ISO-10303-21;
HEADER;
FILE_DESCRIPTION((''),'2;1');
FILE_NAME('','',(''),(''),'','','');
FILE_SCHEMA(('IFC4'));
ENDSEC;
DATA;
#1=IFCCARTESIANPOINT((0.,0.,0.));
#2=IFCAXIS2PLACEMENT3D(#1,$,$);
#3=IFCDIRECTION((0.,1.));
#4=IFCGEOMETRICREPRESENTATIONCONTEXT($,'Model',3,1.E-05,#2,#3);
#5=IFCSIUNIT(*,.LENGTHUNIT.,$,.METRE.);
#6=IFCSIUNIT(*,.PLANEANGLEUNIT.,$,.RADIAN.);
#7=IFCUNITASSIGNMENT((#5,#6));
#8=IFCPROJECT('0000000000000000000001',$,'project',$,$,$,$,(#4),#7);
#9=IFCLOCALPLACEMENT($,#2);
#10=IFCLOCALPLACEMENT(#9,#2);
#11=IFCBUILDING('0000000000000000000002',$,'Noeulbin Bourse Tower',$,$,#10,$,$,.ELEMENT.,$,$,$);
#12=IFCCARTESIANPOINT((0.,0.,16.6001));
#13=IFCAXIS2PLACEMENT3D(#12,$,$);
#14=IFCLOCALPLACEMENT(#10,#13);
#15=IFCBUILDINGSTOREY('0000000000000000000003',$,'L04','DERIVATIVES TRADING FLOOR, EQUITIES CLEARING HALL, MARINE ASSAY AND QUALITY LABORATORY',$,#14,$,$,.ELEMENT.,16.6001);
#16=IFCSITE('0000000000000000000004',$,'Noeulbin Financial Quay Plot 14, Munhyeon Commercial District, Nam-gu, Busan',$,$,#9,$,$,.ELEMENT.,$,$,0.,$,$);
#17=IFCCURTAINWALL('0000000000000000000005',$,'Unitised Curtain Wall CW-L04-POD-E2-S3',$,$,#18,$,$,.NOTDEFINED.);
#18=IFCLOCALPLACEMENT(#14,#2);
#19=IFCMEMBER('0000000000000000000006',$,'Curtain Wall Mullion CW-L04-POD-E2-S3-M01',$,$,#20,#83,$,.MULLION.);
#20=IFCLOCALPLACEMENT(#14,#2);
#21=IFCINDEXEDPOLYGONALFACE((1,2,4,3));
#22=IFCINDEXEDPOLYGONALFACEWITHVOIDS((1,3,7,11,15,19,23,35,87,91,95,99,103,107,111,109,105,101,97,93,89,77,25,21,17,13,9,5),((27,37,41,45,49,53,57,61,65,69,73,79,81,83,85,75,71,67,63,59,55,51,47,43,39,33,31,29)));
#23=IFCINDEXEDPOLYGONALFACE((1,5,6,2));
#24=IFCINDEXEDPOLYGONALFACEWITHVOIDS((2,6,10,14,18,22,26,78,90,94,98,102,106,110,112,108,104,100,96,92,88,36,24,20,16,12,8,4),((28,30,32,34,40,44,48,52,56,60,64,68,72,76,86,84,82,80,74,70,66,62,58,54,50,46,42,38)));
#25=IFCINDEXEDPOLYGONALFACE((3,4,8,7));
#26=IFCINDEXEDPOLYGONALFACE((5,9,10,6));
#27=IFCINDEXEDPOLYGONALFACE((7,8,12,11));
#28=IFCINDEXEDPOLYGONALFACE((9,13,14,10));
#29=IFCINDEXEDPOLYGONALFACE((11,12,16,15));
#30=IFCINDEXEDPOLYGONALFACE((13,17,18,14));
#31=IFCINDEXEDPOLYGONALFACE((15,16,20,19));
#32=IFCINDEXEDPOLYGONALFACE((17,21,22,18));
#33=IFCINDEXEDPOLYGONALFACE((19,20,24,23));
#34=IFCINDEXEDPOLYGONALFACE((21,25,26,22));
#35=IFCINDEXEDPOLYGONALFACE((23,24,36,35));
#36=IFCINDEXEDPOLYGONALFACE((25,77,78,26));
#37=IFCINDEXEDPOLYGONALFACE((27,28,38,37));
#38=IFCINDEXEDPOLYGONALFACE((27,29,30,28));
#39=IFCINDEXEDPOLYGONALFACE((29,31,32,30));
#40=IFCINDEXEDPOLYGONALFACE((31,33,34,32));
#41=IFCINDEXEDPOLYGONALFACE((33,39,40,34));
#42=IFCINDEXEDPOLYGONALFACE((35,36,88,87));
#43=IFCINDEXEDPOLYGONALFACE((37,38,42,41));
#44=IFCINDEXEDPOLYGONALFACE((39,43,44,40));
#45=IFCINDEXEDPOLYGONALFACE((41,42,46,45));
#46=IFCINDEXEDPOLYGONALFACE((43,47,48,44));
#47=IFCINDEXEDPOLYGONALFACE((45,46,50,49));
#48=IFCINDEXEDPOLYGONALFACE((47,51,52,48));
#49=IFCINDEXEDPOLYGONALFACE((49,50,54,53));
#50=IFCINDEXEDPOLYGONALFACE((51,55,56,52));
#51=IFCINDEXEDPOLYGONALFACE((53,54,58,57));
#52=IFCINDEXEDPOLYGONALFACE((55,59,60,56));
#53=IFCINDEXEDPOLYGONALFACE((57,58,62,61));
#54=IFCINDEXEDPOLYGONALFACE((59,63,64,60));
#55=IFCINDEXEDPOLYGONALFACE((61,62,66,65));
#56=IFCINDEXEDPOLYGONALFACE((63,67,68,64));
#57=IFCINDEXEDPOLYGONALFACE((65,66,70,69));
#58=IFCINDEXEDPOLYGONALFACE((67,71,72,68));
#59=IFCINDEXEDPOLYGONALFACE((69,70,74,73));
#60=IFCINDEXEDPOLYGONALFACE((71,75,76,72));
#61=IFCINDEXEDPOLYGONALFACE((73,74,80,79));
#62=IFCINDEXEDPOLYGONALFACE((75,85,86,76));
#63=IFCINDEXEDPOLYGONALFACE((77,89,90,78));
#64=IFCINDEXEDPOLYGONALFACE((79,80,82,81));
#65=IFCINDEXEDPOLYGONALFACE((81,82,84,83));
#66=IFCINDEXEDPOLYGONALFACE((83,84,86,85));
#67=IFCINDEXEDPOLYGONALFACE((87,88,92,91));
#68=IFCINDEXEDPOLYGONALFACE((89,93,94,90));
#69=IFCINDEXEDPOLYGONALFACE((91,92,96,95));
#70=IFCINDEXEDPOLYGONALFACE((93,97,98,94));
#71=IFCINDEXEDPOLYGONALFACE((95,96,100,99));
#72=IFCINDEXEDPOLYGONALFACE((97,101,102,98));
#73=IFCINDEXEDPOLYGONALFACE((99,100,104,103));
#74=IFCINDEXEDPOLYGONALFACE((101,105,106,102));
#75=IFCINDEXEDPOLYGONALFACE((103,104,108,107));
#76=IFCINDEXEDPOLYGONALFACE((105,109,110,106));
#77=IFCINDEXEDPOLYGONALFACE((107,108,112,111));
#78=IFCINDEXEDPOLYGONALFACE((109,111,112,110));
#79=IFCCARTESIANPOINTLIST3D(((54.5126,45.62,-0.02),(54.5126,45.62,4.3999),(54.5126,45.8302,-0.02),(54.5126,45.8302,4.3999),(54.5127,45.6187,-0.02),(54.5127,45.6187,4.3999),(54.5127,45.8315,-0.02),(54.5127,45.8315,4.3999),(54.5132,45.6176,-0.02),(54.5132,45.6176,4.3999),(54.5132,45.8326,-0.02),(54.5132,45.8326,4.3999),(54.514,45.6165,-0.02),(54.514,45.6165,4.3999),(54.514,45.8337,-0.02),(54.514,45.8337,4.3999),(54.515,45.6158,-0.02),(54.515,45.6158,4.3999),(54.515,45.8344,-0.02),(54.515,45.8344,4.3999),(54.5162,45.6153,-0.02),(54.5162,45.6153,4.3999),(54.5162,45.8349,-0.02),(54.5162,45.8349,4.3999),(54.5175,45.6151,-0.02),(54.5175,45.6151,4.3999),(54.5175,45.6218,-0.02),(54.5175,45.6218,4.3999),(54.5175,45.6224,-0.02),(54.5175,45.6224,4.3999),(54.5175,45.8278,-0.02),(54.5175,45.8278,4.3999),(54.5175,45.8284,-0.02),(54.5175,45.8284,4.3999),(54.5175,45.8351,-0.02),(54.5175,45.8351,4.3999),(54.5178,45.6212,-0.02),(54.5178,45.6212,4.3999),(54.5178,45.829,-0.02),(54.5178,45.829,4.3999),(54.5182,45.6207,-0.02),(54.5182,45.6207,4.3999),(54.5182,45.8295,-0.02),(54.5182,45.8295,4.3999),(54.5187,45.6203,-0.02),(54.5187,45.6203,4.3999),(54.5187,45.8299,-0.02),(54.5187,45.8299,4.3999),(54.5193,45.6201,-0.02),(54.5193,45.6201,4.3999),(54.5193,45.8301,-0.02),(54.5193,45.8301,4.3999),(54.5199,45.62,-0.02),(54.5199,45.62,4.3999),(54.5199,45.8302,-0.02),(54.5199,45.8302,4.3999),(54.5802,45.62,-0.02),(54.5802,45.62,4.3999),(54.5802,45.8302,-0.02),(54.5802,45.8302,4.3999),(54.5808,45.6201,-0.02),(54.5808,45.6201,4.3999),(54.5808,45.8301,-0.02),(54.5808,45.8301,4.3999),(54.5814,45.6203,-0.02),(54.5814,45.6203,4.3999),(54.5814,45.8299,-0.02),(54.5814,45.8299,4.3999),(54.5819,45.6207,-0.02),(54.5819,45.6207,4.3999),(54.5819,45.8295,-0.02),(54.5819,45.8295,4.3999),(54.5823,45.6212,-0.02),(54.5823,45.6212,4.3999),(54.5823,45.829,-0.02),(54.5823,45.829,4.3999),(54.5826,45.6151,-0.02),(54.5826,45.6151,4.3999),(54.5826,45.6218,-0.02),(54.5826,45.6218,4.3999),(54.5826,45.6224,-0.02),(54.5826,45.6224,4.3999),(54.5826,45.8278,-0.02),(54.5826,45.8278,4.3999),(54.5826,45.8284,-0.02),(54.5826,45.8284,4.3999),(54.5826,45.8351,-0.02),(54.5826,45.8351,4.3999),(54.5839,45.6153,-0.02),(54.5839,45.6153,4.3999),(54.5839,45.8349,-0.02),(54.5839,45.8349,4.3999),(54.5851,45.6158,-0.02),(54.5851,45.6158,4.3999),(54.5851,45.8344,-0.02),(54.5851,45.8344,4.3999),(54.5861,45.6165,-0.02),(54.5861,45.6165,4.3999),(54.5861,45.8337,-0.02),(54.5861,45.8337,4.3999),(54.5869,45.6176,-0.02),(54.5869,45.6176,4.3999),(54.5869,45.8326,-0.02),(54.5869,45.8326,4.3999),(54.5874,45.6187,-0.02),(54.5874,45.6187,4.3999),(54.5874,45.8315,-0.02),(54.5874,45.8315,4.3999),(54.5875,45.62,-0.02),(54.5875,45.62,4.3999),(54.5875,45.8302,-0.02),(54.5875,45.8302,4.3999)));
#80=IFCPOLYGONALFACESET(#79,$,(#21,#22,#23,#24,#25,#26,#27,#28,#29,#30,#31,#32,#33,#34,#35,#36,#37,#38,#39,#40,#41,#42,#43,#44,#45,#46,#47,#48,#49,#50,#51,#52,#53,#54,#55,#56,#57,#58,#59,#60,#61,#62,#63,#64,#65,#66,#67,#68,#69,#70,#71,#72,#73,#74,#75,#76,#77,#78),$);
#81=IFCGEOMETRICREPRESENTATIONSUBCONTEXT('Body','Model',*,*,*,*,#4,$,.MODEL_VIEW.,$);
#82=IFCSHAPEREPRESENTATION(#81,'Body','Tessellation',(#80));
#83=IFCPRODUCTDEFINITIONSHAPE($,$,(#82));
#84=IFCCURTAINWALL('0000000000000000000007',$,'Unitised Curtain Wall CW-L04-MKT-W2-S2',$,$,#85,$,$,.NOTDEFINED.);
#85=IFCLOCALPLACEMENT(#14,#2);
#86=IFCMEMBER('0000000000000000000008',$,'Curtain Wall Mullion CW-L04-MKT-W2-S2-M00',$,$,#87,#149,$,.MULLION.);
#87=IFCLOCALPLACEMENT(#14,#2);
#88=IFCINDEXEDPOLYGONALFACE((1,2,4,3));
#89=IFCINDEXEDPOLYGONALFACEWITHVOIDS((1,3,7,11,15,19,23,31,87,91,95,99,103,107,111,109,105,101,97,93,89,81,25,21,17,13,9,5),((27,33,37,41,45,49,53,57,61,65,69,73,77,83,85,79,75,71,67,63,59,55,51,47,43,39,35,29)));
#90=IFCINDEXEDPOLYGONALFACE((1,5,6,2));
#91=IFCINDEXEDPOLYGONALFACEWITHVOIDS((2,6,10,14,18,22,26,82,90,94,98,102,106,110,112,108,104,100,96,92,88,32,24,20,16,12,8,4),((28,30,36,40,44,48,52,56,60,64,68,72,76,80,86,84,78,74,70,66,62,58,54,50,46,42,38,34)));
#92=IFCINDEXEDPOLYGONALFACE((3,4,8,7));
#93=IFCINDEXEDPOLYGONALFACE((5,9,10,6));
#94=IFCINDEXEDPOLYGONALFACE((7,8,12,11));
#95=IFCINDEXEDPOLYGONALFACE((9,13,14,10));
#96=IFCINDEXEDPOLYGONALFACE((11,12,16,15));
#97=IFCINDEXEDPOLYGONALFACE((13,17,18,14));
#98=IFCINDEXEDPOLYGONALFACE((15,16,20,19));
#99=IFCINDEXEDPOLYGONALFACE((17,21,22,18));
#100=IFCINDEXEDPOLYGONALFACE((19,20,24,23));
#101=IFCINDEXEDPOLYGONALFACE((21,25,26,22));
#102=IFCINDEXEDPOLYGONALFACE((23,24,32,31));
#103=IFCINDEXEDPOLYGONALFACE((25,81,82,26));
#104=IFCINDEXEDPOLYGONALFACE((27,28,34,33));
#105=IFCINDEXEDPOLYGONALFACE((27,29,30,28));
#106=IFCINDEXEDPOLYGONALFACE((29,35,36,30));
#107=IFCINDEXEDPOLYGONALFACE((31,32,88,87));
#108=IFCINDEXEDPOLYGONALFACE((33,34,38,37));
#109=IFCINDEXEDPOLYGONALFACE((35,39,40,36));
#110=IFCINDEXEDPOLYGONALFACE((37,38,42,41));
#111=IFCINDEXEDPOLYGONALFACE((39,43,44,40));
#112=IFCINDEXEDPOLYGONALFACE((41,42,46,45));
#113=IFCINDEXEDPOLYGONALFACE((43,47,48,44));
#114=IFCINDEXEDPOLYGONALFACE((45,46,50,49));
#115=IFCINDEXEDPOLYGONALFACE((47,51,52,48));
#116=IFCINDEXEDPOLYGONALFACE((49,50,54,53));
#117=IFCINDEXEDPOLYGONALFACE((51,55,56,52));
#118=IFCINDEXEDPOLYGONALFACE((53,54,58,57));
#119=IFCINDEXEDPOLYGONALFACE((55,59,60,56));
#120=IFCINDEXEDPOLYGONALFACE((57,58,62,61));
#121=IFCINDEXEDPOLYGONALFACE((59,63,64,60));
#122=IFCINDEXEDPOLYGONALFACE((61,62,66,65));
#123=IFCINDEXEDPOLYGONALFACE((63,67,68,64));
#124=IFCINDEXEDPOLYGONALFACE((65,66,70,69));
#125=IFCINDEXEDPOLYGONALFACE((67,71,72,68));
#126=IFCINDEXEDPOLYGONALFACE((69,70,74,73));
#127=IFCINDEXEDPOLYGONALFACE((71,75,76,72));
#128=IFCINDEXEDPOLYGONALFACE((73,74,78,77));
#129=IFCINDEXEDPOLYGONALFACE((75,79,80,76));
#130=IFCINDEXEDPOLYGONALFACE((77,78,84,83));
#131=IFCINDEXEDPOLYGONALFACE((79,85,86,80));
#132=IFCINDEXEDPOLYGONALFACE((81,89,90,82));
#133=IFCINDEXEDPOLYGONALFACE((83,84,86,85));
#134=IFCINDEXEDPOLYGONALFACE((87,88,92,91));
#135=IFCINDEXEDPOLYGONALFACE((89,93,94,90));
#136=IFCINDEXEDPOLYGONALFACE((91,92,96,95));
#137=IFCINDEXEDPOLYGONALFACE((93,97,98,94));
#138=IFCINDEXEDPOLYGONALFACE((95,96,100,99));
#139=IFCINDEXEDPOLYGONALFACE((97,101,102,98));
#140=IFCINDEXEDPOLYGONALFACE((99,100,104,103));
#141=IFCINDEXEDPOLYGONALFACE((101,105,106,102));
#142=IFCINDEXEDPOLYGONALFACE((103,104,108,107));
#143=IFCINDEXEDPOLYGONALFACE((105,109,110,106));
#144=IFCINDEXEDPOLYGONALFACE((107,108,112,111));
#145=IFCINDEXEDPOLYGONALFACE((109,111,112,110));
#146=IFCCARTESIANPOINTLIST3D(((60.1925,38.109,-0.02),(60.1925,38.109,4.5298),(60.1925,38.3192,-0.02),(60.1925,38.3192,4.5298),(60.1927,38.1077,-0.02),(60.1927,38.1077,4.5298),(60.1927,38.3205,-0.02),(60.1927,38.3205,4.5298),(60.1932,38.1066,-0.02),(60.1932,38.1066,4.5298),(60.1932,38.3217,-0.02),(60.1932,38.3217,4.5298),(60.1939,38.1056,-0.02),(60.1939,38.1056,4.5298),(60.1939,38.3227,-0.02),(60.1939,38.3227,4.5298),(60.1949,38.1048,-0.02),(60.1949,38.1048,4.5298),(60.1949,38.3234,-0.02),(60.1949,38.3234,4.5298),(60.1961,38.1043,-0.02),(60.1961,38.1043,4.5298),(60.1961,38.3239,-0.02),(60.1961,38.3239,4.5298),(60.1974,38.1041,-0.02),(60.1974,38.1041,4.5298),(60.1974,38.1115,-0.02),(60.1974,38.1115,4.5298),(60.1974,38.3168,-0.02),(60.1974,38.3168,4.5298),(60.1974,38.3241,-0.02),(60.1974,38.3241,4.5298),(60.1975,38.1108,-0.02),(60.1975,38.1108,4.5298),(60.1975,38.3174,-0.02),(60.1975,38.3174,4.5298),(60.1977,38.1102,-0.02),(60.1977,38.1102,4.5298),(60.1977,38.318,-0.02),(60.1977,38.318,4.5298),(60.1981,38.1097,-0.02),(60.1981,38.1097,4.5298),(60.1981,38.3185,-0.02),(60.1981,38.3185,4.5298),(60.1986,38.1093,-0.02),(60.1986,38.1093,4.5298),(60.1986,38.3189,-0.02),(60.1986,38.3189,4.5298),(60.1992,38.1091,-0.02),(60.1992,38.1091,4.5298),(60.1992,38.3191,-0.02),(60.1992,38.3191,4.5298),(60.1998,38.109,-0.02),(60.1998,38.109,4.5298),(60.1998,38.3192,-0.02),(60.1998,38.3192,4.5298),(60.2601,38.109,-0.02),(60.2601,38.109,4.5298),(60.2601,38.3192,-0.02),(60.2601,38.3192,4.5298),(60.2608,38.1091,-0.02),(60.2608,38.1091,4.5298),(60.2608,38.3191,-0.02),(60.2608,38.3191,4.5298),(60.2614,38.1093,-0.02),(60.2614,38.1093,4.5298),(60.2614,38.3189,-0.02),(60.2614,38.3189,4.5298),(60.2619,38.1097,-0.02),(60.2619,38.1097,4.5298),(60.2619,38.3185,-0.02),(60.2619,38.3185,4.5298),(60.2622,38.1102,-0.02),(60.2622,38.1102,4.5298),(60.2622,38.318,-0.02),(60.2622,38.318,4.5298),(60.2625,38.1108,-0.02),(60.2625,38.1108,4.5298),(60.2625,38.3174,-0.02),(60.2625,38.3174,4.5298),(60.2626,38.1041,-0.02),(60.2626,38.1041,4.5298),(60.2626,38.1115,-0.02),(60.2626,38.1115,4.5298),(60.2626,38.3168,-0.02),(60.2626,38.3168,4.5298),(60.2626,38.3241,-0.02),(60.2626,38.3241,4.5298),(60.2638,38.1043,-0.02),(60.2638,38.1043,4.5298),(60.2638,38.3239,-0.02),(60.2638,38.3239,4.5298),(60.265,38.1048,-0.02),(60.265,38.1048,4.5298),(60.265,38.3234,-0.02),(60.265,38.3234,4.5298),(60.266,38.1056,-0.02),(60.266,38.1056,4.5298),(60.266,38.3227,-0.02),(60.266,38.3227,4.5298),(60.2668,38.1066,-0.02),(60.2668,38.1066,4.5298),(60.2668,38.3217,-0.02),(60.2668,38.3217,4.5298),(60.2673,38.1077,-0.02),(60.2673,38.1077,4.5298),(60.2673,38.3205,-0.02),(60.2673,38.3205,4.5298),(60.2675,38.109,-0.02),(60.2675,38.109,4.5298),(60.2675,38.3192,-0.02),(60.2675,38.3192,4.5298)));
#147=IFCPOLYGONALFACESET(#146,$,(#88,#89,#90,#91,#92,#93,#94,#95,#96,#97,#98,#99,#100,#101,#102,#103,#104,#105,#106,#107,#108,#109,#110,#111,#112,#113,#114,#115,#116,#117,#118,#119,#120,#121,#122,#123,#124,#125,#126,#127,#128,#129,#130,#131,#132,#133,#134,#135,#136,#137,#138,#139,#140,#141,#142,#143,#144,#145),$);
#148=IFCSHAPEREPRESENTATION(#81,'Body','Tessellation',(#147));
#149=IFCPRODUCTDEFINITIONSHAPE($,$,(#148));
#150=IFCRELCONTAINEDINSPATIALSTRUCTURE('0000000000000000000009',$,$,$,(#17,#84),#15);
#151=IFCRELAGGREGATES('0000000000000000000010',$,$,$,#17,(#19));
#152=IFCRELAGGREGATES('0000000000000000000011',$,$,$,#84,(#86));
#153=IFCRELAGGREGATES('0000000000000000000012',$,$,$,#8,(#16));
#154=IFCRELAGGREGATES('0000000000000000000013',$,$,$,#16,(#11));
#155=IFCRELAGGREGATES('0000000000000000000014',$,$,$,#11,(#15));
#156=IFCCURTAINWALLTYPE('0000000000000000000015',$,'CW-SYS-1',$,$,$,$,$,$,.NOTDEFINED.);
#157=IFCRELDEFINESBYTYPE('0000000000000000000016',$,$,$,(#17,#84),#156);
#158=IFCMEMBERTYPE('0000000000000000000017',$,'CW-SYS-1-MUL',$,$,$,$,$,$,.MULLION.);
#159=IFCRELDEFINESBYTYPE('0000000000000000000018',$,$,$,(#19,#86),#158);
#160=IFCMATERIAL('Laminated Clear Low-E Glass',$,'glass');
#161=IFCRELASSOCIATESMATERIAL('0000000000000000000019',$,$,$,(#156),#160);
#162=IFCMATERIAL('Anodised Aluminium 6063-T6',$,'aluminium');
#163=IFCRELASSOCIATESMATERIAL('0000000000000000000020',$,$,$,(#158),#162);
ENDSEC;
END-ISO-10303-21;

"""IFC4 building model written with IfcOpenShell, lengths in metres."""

from ifc_helpers import new_model, si_unit, direction, frame, origin, origin_2d, place, context, subcontext, project, spatial, hollow_rectangle, extrude, material, material_profile, profile_set, type_object, element, aggregate, save


model = new_model("IFC4")

# Units and contexts
model_context = context("Model", 3, precision=1e-05, world=origin(), true_north=direction((0.0, 1.0)))
body_context = subcontext(model_context, "Body", "Model", "MODEL_VIEW")
ifc_project = project(units=[si_unit("LENGTHUNIT", "METRE"), si_unit("PLANEANGLEUNIT", "RADIAN")], contexts=[model_context])

# Site, building, storey
site_placement = place(None, origin())
site = spatial("IfcSite", under=ifc_project, at=site_placement, Name="Noeulbin Financial Quay Plot 14, Munhyeon Commercial District, Nam-gu, Busan", CompositionType="ELEMENT", RefElevation=0.0)
building_placement = place(site_placement, origin())
building = spatial("IfcBuilding", under=site, at=building_placement, Name="Noeulbin Bourse Tower", CompositionType="ELEMENT")
storey_placement = place(building_placement, frame((0.0, 0.0, 16.6001)))
storey = spatial("IfcBuildingStorey", under=building, at=storey_placement, Name="L04", Description="DERIVATIVES TRADING FLOOR, EQUITIES CLEARING HALL, MARINE ASSAY AND QUALITY LABORATORY", CompositionType="ELEMENT", Elevation=16.6001)

# Curtain wall, member
ifc_material_1 = material(Name="Laminated Clear Low-E Glass", Category="glass")
curtain_wall_type = type_object("IfcCurtainWallType", Name="CW-SYS-1", PredefinedType="NOTDEFINED", material=ifc_material_1)
curtain_wall_1_placement = place(storey_placement, origin())
curtain_wall_1 = element("IfcCurtainWall", 1, at=curtain_wall_1_placement, inside=storey, type_object=curtain_wall_type, Name="Unitised Curtain Wall CW-L04-POD-E2-S3", PredefinedType="NOTDEFINED")
ifc_material_2 = material(Name="Anodised Aluminium 6063-T6", Category="aluminium")
ifc_material_profile_1 = material_profile(ifc_material_2, hollow_rectangle(XDim=0.075, YDim=0.22, WallThickness=0.0049, InnerFilletRadius=0.0024, OuterFilletRadius=0.0049, at=origin_2d()), Name="ALU-MULL-75x220x5", Category="LoadBearing")
ifc_profile_set_1 = profile_set([ifc_material_profile_1], Name="Anodised Aluminium 6063-T6")
member_type_1 = type_object("IfcMemberType", Name="CW-SYS-1-MUL", PredefinedType="MULLION", material=ifc_profile_set_1)
member_1_placement = place(storey_placement, frame((54.55, 45.7251, -0.02), z_axis=(0.0, 0.0, 1.0), x_axis=(1.0, 0.0, 0.0)))
member_1 = element("IfcMember", 2, at=member_1_placement, type_object=member_type_1, Name="Curtain Wall Mullion CW-L04-POD-E2-S3-M01", PredefinedType="MULLION", context=body_context, shape_type="SweptSolid", body=[
    extrude(hollow_rectangle(XDim=0.075, YDim=0.22, WallThickness=0.0049, InnerFilletRadius=0.0024, OuterFilletRadius=0.0049, at=origin_2d()), origin(), (0.0, 0.0, 1.0), 4.4199),
])

# Curtain wall, member
curtain_wall_2_placement = place(storey_placement, origin())
curtain_wall_2 = element("IfcCurtainWall", 3, at=curtain_wall_2_placement, inside=storey, type_object=curtain_wall_type, Name="Unitised Curtain Wall CW-L04-MKT-W2-S2", PredefinedType="NOTDEFINED")
member_2_placement = place(storey_placement, frame((60.23, 38.2141, -0.02), z_axis=(0.0, 0.0, 1.0), x_axis=(1.0, 0.0, 0.0)))
member_2 = element("IfcMember", 4, at=member_2_placement, type_object=member_type_1, Name="Curtain Wall Mullion CW-L04-MKT-W2-S2-M00", PredefinedType="MULLION", context=body_context, shape_type="SweptSolid", body=[
    extrude(hollow_rectangle(XDim=0.075, YDim=0.22, WallThickness=0.0049, InnerFilletRadius=0.0024, OuterFilletRadius=0.0049, at=origin_2d()), origin(), (0.0, 0.0, 1.0), 4.5498),
])

aggregate(curtain_wall_1, [member_1])
aggregate(curtain_wall_2, [member_2])

save(model, "model.ifc")
